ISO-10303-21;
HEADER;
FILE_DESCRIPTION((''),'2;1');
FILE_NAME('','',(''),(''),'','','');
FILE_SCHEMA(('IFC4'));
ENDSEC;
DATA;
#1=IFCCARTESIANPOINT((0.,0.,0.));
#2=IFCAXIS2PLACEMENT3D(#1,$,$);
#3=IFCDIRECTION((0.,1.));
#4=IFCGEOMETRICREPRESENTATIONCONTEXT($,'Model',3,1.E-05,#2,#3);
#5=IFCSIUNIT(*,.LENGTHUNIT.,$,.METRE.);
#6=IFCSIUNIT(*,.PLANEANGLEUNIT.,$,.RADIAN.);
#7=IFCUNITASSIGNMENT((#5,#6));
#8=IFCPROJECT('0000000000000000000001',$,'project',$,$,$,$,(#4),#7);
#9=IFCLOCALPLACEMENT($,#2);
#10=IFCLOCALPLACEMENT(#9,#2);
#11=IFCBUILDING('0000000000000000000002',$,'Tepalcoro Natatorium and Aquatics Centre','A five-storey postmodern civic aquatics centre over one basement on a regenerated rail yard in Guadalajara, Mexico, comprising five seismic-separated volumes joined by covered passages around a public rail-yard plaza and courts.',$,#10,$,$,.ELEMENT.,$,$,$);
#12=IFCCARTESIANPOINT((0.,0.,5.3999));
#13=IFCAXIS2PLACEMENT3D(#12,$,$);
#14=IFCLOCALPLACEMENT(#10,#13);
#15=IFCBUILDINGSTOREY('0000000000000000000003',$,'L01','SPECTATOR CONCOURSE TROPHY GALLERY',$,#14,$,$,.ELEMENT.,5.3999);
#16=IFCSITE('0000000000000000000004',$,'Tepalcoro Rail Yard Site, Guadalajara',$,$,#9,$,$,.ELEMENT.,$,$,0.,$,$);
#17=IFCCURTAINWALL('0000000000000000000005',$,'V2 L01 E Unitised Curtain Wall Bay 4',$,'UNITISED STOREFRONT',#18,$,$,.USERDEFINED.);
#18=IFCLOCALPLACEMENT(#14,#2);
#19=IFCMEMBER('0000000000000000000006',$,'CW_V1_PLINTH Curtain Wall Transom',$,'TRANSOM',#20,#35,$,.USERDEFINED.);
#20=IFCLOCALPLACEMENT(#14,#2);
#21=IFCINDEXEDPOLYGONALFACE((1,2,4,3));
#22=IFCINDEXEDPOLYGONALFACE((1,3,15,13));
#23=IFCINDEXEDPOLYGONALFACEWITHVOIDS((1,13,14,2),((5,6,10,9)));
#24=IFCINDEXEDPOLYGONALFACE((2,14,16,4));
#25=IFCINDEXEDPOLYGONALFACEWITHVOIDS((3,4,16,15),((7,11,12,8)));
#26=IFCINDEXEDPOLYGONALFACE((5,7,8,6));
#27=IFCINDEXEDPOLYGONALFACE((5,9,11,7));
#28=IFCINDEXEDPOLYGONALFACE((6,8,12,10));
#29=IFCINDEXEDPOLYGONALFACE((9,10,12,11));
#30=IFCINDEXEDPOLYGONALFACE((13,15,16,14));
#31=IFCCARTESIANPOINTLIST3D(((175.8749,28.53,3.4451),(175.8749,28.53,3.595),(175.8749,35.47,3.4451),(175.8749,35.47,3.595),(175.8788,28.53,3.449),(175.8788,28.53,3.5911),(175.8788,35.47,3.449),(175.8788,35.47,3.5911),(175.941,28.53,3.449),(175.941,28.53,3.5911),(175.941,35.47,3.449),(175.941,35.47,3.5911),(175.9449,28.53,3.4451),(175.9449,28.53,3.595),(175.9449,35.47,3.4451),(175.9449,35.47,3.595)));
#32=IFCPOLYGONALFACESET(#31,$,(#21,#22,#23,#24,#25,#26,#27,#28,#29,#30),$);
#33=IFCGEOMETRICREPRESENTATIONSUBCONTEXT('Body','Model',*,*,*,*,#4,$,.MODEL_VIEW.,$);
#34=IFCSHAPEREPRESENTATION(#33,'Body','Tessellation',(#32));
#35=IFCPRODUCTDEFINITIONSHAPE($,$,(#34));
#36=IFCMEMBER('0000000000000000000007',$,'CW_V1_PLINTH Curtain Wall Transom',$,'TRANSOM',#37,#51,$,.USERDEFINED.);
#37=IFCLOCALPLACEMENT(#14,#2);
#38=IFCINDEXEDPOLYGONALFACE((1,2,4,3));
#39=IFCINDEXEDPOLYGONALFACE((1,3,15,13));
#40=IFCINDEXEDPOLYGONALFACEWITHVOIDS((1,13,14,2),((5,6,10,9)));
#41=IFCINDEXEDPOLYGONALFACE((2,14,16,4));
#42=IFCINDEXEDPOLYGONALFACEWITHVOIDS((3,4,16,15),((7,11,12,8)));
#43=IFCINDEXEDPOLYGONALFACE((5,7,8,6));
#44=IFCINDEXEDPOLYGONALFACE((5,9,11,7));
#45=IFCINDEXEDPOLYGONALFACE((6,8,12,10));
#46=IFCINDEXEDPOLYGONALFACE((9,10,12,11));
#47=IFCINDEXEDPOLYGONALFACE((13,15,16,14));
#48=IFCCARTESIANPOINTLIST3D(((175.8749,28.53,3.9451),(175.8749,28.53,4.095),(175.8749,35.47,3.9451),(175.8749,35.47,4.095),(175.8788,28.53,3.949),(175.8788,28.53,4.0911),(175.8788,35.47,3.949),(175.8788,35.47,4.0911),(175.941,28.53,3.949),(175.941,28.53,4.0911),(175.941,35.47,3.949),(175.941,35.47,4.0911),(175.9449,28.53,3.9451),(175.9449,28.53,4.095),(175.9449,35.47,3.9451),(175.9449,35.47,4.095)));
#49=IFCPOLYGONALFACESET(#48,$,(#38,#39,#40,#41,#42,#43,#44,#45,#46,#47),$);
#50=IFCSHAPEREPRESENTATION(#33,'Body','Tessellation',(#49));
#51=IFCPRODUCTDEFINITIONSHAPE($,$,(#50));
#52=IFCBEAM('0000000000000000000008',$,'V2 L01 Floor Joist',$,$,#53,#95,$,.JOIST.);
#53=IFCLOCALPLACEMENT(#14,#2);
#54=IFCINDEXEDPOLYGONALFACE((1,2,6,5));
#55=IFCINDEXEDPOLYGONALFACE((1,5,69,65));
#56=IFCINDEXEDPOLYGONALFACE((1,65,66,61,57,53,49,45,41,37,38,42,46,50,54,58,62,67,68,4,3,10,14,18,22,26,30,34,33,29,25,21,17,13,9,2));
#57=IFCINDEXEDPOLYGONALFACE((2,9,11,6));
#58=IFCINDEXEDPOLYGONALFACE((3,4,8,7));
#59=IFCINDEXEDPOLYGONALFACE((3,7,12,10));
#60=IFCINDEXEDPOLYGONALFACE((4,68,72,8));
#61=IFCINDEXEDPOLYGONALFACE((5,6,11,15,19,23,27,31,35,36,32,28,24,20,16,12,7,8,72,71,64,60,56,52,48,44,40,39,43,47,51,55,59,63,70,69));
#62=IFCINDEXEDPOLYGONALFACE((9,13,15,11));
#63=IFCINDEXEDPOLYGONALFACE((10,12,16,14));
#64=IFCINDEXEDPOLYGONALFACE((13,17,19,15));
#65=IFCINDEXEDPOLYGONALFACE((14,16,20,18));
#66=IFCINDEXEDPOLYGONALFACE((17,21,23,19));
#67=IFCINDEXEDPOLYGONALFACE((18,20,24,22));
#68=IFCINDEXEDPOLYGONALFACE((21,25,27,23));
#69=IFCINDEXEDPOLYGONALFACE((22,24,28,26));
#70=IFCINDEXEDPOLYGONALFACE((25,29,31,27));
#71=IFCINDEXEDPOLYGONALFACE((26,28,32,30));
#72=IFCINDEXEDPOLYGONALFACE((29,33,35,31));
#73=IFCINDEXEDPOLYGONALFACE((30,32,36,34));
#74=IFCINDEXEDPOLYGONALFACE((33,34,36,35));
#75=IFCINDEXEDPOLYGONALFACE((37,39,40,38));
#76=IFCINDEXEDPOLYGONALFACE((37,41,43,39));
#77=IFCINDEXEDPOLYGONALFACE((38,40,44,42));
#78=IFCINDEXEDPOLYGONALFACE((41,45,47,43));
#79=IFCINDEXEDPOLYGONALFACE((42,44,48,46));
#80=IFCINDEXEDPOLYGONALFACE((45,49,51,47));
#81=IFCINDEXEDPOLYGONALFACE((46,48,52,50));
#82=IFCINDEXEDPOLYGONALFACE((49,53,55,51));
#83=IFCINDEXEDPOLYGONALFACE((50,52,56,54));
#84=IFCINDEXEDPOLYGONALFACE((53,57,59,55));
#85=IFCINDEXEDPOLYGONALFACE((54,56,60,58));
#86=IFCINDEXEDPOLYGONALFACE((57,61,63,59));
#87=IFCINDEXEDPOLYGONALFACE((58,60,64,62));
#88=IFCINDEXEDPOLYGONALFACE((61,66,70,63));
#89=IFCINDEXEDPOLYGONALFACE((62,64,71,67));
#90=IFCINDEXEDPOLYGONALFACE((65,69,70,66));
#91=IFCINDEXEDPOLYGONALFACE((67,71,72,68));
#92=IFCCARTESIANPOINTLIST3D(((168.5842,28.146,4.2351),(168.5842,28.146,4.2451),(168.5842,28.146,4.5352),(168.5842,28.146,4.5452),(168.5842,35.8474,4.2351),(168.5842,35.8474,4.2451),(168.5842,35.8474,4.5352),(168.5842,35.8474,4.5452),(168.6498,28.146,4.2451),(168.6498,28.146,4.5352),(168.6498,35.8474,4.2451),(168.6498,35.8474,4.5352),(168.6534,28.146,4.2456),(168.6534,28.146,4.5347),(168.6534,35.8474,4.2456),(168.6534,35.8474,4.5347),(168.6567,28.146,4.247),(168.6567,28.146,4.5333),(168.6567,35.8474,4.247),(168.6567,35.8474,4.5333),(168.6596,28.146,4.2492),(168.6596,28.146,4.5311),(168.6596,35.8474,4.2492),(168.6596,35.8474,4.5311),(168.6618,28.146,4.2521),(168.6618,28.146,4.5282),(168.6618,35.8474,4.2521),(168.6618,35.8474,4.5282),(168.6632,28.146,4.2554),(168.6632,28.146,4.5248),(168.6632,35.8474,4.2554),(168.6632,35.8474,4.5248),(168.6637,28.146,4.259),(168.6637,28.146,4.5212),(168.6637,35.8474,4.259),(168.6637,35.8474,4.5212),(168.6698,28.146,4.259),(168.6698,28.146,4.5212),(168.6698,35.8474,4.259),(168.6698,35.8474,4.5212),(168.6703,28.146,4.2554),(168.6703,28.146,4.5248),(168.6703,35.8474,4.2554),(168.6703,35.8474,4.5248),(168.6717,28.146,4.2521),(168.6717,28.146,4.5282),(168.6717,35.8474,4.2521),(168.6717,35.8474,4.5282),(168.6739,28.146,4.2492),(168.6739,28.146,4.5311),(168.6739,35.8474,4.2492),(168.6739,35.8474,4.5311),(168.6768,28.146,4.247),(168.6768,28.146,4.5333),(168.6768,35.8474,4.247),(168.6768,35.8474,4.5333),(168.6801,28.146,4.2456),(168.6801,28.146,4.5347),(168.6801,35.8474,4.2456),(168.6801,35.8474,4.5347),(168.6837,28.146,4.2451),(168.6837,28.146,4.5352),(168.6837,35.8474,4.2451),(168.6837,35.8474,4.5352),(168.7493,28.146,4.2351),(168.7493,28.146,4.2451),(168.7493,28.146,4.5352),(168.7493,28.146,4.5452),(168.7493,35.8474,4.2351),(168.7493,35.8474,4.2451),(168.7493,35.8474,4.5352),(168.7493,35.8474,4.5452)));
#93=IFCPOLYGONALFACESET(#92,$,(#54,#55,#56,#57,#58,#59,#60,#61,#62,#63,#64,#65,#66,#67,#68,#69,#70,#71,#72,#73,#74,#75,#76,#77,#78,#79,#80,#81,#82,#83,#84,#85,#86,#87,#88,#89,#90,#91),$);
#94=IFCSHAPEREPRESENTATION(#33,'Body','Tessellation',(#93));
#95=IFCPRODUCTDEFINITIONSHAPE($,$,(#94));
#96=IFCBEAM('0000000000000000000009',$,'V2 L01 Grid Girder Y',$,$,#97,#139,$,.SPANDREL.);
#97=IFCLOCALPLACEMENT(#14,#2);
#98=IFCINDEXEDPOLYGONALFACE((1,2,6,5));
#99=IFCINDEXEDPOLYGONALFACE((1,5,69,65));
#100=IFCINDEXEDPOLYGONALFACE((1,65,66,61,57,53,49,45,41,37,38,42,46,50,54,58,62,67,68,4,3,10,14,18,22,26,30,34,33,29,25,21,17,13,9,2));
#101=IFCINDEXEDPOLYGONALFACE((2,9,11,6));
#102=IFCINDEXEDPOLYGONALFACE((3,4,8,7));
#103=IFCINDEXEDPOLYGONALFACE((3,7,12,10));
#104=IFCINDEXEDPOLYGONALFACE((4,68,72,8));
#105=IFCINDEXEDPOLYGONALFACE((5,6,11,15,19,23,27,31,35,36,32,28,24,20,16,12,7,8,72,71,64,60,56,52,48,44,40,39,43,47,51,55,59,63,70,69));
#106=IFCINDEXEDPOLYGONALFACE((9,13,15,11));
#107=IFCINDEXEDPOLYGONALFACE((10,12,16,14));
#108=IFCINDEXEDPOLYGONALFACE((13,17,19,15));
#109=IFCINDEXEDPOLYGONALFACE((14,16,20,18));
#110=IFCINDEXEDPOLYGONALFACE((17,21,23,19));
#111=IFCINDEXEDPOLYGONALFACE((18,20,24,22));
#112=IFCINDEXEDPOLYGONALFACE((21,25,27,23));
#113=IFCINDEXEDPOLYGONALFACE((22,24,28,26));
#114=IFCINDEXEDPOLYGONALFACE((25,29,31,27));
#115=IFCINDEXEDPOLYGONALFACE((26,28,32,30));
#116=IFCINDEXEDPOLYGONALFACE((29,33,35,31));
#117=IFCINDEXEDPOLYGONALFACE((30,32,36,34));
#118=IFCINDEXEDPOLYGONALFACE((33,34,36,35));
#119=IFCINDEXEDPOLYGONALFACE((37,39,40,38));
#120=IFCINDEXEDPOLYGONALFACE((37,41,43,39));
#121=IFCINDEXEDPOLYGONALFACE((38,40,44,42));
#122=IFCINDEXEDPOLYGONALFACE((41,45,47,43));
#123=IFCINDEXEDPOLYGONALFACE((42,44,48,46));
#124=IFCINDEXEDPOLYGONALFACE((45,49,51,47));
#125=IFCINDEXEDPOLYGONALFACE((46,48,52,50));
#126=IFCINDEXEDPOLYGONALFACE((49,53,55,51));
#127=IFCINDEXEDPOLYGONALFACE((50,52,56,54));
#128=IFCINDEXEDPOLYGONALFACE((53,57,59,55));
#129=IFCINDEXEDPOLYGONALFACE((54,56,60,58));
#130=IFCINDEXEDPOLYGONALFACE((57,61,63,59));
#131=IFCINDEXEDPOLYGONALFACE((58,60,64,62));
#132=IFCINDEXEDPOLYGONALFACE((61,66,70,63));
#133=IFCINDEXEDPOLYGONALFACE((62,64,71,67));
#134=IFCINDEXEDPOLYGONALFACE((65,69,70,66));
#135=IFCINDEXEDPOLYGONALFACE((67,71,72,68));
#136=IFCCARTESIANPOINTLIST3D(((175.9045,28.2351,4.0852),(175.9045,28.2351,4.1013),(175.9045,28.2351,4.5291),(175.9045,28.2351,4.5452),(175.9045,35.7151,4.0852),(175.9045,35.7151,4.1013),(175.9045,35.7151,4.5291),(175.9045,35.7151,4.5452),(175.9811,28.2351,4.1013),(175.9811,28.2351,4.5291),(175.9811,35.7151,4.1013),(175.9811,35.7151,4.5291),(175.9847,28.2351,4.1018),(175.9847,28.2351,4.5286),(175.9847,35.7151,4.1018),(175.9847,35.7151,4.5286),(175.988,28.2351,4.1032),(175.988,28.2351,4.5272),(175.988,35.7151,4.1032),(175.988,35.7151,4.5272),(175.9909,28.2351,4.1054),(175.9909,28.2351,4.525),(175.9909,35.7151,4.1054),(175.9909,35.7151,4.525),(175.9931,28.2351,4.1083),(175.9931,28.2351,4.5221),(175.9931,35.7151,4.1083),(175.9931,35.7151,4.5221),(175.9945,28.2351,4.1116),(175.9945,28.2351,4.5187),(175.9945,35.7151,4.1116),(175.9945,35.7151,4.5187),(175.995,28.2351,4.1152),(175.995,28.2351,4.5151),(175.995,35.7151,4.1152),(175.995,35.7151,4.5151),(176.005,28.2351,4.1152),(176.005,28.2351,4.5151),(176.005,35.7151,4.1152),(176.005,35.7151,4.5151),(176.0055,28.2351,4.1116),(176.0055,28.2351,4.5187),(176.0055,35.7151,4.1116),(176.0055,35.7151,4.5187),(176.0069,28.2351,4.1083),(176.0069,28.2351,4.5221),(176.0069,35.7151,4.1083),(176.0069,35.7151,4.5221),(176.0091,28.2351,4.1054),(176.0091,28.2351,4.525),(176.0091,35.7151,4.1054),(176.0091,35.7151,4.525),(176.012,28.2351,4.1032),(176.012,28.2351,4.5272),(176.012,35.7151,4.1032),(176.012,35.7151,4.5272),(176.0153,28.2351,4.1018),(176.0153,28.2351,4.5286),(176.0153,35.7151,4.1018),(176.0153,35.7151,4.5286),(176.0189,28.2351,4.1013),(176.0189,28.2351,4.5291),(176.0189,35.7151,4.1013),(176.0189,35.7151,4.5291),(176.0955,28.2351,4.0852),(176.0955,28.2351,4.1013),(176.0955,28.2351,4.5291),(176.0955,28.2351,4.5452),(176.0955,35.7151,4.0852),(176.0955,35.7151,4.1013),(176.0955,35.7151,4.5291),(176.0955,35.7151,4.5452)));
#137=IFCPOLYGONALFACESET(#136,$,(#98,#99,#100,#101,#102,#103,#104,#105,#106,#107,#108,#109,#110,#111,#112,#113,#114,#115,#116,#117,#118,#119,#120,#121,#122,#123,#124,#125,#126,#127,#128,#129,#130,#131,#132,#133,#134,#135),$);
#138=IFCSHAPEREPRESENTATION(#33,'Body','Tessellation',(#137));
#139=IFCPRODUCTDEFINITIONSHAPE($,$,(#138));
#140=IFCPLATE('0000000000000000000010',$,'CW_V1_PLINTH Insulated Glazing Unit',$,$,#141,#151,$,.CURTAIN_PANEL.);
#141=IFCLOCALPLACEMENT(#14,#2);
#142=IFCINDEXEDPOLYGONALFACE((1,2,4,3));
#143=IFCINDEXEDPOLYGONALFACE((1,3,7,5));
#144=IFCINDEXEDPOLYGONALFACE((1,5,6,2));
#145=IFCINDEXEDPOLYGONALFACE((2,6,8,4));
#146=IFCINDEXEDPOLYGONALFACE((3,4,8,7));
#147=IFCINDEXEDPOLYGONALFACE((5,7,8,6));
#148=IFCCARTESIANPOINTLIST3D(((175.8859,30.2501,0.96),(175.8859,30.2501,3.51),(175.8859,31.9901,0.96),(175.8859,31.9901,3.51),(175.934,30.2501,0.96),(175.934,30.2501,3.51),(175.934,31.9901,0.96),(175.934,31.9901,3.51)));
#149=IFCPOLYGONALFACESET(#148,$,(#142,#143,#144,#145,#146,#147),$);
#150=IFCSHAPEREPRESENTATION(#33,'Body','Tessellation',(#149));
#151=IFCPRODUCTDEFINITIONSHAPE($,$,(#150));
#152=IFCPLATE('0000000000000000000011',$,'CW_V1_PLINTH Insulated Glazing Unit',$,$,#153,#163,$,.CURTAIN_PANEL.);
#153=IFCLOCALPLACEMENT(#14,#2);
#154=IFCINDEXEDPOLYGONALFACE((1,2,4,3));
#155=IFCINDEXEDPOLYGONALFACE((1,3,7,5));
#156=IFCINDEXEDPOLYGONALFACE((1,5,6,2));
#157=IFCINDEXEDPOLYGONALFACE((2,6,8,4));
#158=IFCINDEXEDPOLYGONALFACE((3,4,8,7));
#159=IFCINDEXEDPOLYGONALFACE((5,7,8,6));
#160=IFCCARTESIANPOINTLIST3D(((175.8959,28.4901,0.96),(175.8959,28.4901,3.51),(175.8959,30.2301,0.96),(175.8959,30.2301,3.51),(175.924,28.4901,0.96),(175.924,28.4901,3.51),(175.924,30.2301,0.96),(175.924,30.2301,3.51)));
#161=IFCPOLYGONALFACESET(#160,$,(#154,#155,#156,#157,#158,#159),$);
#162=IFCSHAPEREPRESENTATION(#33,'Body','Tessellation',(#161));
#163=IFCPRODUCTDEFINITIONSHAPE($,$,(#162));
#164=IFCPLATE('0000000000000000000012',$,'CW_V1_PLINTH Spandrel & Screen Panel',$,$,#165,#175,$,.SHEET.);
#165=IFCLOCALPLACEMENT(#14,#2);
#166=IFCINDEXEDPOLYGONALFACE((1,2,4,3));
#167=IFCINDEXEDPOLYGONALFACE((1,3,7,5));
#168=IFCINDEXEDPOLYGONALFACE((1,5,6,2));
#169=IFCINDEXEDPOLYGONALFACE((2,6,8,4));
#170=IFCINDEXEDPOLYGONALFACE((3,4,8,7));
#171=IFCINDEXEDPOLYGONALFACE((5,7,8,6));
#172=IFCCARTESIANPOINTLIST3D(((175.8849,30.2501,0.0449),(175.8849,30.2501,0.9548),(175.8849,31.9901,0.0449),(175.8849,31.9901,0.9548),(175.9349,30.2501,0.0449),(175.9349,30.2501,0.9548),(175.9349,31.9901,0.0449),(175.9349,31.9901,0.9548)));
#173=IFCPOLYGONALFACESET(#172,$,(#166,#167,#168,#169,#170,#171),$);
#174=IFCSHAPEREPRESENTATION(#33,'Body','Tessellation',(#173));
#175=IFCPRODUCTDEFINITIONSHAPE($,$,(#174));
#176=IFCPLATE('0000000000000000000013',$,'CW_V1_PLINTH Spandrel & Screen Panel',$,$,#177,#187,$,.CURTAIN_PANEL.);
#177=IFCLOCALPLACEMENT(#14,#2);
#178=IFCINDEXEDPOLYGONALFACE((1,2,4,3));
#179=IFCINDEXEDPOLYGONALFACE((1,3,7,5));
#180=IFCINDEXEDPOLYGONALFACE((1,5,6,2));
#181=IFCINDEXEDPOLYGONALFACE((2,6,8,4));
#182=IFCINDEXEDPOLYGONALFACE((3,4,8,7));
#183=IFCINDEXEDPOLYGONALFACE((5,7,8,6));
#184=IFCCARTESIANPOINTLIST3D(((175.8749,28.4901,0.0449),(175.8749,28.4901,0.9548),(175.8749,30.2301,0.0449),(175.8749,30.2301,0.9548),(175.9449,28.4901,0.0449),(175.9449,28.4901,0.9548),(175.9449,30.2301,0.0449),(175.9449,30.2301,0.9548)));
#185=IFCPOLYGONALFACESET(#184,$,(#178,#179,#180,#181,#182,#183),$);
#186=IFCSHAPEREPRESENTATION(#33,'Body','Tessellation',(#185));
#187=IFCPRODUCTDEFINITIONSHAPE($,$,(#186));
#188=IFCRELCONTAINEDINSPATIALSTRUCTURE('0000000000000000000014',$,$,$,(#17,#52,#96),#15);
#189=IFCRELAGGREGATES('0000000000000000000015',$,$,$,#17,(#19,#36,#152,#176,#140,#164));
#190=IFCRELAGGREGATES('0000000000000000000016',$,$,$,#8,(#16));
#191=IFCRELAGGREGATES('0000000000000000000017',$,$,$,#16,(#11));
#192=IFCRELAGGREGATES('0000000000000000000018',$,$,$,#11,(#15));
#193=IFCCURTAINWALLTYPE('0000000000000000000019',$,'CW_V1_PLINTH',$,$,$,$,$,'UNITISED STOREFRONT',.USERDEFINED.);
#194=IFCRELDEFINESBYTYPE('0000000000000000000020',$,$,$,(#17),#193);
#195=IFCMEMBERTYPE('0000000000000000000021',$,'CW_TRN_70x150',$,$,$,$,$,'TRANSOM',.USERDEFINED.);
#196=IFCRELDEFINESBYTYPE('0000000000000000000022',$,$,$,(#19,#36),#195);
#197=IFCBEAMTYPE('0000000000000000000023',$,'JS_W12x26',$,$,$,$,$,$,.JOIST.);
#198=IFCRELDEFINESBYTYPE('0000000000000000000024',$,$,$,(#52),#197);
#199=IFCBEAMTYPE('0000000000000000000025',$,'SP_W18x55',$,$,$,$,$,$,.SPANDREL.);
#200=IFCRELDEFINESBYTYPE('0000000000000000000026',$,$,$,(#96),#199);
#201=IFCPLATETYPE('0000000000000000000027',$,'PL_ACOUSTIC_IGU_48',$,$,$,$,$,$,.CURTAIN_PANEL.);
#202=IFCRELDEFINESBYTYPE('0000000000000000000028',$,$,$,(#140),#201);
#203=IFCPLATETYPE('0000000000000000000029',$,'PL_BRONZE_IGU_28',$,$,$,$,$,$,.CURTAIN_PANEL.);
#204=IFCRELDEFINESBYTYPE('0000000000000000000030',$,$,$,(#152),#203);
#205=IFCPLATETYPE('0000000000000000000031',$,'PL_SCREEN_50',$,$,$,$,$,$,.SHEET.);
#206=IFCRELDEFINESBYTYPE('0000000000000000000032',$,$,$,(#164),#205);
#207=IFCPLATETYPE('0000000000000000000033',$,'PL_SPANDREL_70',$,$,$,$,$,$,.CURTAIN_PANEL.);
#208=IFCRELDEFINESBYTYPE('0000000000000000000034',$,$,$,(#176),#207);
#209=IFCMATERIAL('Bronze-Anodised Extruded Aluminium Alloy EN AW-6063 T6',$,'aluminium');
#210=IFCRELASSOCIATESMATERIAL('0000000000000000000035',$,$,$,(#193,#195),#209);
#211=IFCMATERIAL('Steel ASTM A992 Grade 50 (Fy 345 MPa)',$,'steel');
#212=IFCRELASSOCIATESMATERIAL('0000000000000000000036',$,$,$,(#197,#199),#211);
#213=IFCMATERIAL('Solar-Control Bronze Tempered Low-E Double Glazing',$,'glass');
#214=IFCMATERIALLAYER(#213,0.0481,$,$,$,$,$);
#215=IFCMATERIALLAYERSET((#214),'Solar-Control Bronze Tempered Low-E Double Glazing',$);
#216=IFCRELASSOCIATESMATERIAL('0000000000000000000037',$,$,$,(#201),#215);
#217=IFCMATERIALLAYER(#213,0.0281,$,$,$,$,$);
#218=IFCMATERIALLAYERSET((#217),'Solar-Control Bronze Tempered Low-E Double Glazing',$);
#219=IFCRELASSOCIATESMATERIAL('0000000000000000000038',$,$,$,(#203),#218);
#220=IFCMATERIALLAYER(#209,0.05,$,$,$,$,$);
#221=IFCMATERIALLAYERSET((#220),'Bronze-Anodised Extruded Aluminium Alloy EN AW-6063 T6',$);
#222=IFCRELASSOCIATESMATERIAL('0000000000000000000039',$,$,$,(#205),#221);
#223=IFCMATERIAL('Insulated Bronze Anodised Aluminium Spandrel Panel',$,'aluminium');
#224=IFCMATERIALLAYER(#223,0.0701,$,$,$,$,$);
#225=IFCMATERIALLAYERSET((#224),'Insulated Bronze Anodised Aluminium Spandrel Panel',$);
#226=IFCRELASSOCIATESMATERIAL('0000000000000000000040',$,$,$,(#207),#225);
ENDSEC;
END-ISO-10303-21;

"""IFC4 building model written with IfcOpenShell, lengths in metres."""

from ifc_helpers import new_model, si_unit, direction, frame, origin, origin_2d, place, context, subcontext, project, spatial, rectangle, hollow_rectangle, i_section, extrude, material, layer, layer_set, material_profile, profile_set, type_object, element, aggregate, save


model = new_model("IFC4")

# Units and contexts
model_context = context("Model", 3, precision=1e-05, world=origin(), true_north=direction((0.0, 1.0)))
body_context = subcontext(model_context, "Body", "Model", "MODEL_VIEW")
ifc_project = project(units=[si_unit("LENGTHUNIT", "METRE"), si_unit("PLANEANGLEUNIT", "RADIAN")], contexts=[model_context])

# Site, building, storey
site_placement = place(None, origin())
site = spatial("IfcSite", under=ifc_project, at=site_placement, Name="Tepalcoro Rail Yard Site, Guadalajara", CompositionType="ELEMENT", RefElevation=0.0)
building_placement = place(site_placement, origin())
building = spatial("IfcBuilding", under=site, at=building_placement, Name="Tepalcoro Natatorium and Aquatics Centre", Description="A five-storey postmodern civic aquatics centre over one basement on a regenerated rail yard in Guadalajara, Mexico, comprising five seismic-separated volumes joined by covered passages around a public rail-yard plaza and courts.", CompositionType="ELEMENT")
storey_placement = place(building_placement, frame((0.0, 0.0, 5.3999)))
storey = spatial("IfcBuildingStorey", under=building, at=storey_placement, Name="L01", Description="SPECTATOR CONCOURSE TROPHY GALLERY", CompositionType="ELEMENT", Elevation=5.3999)

# Shared definitions
ifc_material_1 = material(Name="Steel ASTM A992 Grade 50 (Fy 345 MPa)", Category="steel")

# Curtain wall, members
ifc_material_2 = material(Name="Bronze-Anodised Extruded Aluminium Alloy EN AW-6063 T6", Category="aluminium")
curtain_wall_type = type_object("IfcCurtainWallType", Name="CW_V1_PLINTH", ElementType="UNITISED STOREFRONT", PredefinedType="USERDEFINED", material=ifc_material_2)
curtain_wall_placement = place(storey_placement, origin())
curtain_wall = element("IfcCurtainWall", 1, at=curtain_wall_placement, inside=storey, type_object=curtain_wall_type, Name="V2 L01 E Unitised Curtain Wall Bay 4", ObjectType="UNITISED STOREFRONT", PredefinedType="USERDEFINED")
ifc_material_profile_1 = material_profile(ifc_material_2, hollow_rectangle(XDim=0.0701, YDim=0.1499, WallThickness=0.0039, at=origin_2d()), Name="AL70X150X4")
ifc_profile_set_1 = profile_set([ifc_material_profile_1], Name="Bronze-Anodised Extruded Aluminium Alloy EN AW-6063 T6")
member_type_1 = type_object("IfcMemberType", Name="CW_TRN_70x150", ElementType="TRANSOM", PredefinedType="USERDEFINED", material=ifc_profile_set_1)
member_1_placement = place(storey_placement, frame((175.9099, 28.53, 3.52), z_axis=(0.0, 1.0, 0.0), x_axis=(-1.0, 0.0, 0.0)))
member_1 = element("IfcMember", 2, at=member_1_placement, type_object=member_type_1, Name="CW_V1_PLINTH Curtain Wall Transom", ObjectType="TRANSOM", PredefinedType="USERDEFINED", context=body_context, shape_type="SweptSolid", body=[
    extrude(hollow_rectangle(XDim=0.0701, YDim=0.1499, WallThickness=0.0039, at=origin_2d()), origin(), (0.0, 0.0, 1.0), 6.9399),
])
member_2_placement = place(storey_placement, frame((175.9099, 28.53, 4.02), z_axis=(0.0, 1.0, 0.0), x_axis=(-1.0, 0.0, 0.0)))
member_2 = element("IfcMember", 3, at=member_2_placement, type_object=member_type_1, Name="CW_V1_PLINTH Curtain Wall Transom", ObjectType="TRANSOM", PredefinedType="USERDEFINED", context=body_context, shape_type="SweptSolid", body=[
    extrude(hollow_rectangle(XDim=0.0701, YDim=0.1499, WallThickness=0.0039, at=origin_2d()), origin(), (0.0, 0.0, 1.0), 6.9399),
])

# Beams
ifc_material_profile_2 = material_profile(ifc_material_1, i_section(OverallWidth=0.165, OverallDepth=0.3101, WebThickness=0.0061, FlangeThickness=0.01, FilletRadius=0.0139, at=origin_2d()), Name="W12X26")
ifc_profile_set_2 = profile_set([ifc_material_profile_2], Name="Steel ASTM A992 Grade 50 (Fy 345 MPa)")
beam_type_1 = type_object("IfcBeamType", Name="JS_W12x26", PredefinedType="JOIST", material=ifc_profile_set_2)
beam_1_placement = place(storey_placement, frame((168.6667, 28.146, 4.3901), z_axis=(0.0, 1.0, 0.0), x_axis=(-1.0, 0.0, 0.0)))
element("IfcBeam", 4, at=beam_1_placement, inside=storey, type_object=beam_type_1, Name="V2 L01 Floor Joist", PredefinedType="JOIST", context=body_context, shape_type="SweptSolid", body=[
    extrude(i_section(OverallWidth=0.165, OverallDepth=0.3101, WebThickness=0.0061, FlangeThickness=0.01, FilletRadius=0.0139, at=origin_2d()), origin(), (0.0, 0.0, 1.0), 7.7014),
])
ifc_material_profile_3 = material_profile(ifc_material_1, i_section(OverallWidth=0.1909, OverallDepth=0.46, WebThickness=0.01, FlangeThickness=0.0161, FilletRadius=0.0139, at=origin_2d()), Name="W18X55")
ifc_profile_set_3 = profile_set([ifc_material_profile_3], Name="Steel ASTM A992 Grade 50 (Fy 345 MPa)")
beam_type_2 = type_object("IfcBeamType", Name="SP_W18x55", PredefinedType="SPANDREL", material=ifc_profile_set_3)
beam_2_placement = place(storey_placement, frame((176.0, 28.2351, 4.3152), z_axis=(0.0, 1.0, 0.0), x_axis=(-1.0, 0.0, 0.0)))
element("IfcBeam", 5, at=beam_2_placement, inside=storey, type_object=beam_type_2, Name="V2 L01 Grid Girder Y", PredefinedType="SPANDREL", context=body_context, shape_type="SweptSolid", body=[
    extrude(i_section(OverallWidth=0.1909, OverallDepth=0.46, WebThickness=0.01, FlangeThickness=0.0161, FilletRadius=0.0139, at=origin_2d()), origin(), (0.0, 0.0, 1.0), 7.48),
])

# Plates
ifc_material_3 = material(Name="Solar-Control Bronze Tempered Low-E Double Glazing", Category="glass")
ifc_layer_1 = layer(ifc_material_3, 0.0481)
ifc_layer_set_1 = layer_set([ifc_layer_1], Name="Solar-Control Bronze Tempered Low-E Double Glazing")
plate_type_1 = type_object("IfcPlateType", Name="PL_ACOUSTIC_IGU_48", PredefinedType="CURTAIN_PANEL", material=ifc_layer_set_1)
plate_1_placement = place(storey_placement, frame((175.9099, 31.1201, 0.96), z_axis=(0.0, 0.0, 1.0), x_axis=(1.0, 0.0, 0.0)))
plate_1 = element("IfcPlate", 6, at=plate_1_placement, type_object=plate_type_1, Name="CW_V1_PLINTH Insulated Glazing Unit", PredefinedType="CURTAIN_PANEL", context=body_context, shape_type="SweptSolid", body=[
    extrude(rectangle(XDim=0.0481, YDim=1.74, at=origin_2d()), origin(), (0.0, 0.0, 1.0), 2.55),
])
ifc_layer_2 = layer(ifc_material_3, 0.0281)
ifc_layer_set_2 = layer_set([ifc_layer_2], Name="Solar-Control Bronze Tempered Low-E Double Glazing")
plate_type_2 = type_object("IfcPlateType", Name="PL_BRONZE_IGU_28", PredefinedType="CURTAIN_PANEL", material=ifc_layer_set_2)
plate_2_placement = place(storey_placement, frame((175.9099, 29.3601, 0.96), z_axis=(0.0, 0.0, 1.0), x_axis=(1.0, 0.0, 0.0)))
plate_2 = element("IfcPlate", 7, at=plate_2_placement, type_object=plate_type_2, Name="CW_V1_PLINTH Insulated Glazing Unit", PredefinedType="CURTAIN_PANEL", context=body_context, shape_type="SweptSolid", body=[
    extrude(rectangle(XDim=0.0281, YDim=1.74, at=origin_2d()), origin(), (0.0, 0.0, 1.0), 2.55),
])
ifc_layer_3 = layer(ifc_material_2, 0.05)
ifc_layer_set_3 = layer_set([ifc_layer_3], Name="Bronze-Anodised Extruded Aluminium Alloy EN AW-6063 T6")
plate_type_3 = type_object("IfcPlateType", Name="PL_SCREEN_50", PredefinedType="SHEET", material=ifc_layer_set_3)
plate_3_placement = place(storey_placement, frame((175.9099, 31.1201, 0.0449), z_axis=(0.0, 0.0, 1.0), x_axis=(1.0, 0.0, 0.0)))
plate_3 = element("IfcPlate", 8, at=plate_3_placement, type_object=plate_type_3, Name="CW_V1_PLINTH Spandrel & Screen Panel", PredefinedType="SHEET", context=body_context, shape_type="SweptSolid", body=[
    extrude(rectangle(XDim=0.05, YDim=1.74, at=origin_2d()), origin(), (0.0, 0.0, 1.0), 0.9099),
])
ifc_material_4 = material(Name="Insulated Bronze Anodised Aluminium Spandrel Panel", Category="aluminium")
ifc_layer_4 = layer(ifc_material_4, 0.0701)
ifc_layer_set_4 = layer_set([ifc_layer_4], Name="Insulated Bronze Anodised Aluminium Spandrel Panel")
plate_type_4 = type_object("IfcPlateType", Name="PL_SPANDREL_70", PredefinedType="CURTAIN_PANEL", material=ifc_layer_set_4)
plate_4_placement = place(storey_placement, frame((175.9099, 29.3601, 0.0449), z_axis=(0.0, 0.0, 1.0), x_axis=(1.0, 0.0, 0.0)))
plate_4 = element("IfcPlate", 9, at=plate_4_placement, type_object=plate_type_4, Name="CW_V1_PLINTH Spandrel & Screen Panel", PredefinedType="CURTAIN_PANEL", context=body_context, shape_type="SweptSolid", body=[
    extrude(rectangle(XDim=0.0701, YDim=1.74, at=origin_2d()), origin(), (0.0, 0.0, 1.0), 0.9099),
])
aggregate(curtain_wall, [member_1, member_2, plate_2, plate_4, plate_1, plate_3])

save(model, "model.ifc")
